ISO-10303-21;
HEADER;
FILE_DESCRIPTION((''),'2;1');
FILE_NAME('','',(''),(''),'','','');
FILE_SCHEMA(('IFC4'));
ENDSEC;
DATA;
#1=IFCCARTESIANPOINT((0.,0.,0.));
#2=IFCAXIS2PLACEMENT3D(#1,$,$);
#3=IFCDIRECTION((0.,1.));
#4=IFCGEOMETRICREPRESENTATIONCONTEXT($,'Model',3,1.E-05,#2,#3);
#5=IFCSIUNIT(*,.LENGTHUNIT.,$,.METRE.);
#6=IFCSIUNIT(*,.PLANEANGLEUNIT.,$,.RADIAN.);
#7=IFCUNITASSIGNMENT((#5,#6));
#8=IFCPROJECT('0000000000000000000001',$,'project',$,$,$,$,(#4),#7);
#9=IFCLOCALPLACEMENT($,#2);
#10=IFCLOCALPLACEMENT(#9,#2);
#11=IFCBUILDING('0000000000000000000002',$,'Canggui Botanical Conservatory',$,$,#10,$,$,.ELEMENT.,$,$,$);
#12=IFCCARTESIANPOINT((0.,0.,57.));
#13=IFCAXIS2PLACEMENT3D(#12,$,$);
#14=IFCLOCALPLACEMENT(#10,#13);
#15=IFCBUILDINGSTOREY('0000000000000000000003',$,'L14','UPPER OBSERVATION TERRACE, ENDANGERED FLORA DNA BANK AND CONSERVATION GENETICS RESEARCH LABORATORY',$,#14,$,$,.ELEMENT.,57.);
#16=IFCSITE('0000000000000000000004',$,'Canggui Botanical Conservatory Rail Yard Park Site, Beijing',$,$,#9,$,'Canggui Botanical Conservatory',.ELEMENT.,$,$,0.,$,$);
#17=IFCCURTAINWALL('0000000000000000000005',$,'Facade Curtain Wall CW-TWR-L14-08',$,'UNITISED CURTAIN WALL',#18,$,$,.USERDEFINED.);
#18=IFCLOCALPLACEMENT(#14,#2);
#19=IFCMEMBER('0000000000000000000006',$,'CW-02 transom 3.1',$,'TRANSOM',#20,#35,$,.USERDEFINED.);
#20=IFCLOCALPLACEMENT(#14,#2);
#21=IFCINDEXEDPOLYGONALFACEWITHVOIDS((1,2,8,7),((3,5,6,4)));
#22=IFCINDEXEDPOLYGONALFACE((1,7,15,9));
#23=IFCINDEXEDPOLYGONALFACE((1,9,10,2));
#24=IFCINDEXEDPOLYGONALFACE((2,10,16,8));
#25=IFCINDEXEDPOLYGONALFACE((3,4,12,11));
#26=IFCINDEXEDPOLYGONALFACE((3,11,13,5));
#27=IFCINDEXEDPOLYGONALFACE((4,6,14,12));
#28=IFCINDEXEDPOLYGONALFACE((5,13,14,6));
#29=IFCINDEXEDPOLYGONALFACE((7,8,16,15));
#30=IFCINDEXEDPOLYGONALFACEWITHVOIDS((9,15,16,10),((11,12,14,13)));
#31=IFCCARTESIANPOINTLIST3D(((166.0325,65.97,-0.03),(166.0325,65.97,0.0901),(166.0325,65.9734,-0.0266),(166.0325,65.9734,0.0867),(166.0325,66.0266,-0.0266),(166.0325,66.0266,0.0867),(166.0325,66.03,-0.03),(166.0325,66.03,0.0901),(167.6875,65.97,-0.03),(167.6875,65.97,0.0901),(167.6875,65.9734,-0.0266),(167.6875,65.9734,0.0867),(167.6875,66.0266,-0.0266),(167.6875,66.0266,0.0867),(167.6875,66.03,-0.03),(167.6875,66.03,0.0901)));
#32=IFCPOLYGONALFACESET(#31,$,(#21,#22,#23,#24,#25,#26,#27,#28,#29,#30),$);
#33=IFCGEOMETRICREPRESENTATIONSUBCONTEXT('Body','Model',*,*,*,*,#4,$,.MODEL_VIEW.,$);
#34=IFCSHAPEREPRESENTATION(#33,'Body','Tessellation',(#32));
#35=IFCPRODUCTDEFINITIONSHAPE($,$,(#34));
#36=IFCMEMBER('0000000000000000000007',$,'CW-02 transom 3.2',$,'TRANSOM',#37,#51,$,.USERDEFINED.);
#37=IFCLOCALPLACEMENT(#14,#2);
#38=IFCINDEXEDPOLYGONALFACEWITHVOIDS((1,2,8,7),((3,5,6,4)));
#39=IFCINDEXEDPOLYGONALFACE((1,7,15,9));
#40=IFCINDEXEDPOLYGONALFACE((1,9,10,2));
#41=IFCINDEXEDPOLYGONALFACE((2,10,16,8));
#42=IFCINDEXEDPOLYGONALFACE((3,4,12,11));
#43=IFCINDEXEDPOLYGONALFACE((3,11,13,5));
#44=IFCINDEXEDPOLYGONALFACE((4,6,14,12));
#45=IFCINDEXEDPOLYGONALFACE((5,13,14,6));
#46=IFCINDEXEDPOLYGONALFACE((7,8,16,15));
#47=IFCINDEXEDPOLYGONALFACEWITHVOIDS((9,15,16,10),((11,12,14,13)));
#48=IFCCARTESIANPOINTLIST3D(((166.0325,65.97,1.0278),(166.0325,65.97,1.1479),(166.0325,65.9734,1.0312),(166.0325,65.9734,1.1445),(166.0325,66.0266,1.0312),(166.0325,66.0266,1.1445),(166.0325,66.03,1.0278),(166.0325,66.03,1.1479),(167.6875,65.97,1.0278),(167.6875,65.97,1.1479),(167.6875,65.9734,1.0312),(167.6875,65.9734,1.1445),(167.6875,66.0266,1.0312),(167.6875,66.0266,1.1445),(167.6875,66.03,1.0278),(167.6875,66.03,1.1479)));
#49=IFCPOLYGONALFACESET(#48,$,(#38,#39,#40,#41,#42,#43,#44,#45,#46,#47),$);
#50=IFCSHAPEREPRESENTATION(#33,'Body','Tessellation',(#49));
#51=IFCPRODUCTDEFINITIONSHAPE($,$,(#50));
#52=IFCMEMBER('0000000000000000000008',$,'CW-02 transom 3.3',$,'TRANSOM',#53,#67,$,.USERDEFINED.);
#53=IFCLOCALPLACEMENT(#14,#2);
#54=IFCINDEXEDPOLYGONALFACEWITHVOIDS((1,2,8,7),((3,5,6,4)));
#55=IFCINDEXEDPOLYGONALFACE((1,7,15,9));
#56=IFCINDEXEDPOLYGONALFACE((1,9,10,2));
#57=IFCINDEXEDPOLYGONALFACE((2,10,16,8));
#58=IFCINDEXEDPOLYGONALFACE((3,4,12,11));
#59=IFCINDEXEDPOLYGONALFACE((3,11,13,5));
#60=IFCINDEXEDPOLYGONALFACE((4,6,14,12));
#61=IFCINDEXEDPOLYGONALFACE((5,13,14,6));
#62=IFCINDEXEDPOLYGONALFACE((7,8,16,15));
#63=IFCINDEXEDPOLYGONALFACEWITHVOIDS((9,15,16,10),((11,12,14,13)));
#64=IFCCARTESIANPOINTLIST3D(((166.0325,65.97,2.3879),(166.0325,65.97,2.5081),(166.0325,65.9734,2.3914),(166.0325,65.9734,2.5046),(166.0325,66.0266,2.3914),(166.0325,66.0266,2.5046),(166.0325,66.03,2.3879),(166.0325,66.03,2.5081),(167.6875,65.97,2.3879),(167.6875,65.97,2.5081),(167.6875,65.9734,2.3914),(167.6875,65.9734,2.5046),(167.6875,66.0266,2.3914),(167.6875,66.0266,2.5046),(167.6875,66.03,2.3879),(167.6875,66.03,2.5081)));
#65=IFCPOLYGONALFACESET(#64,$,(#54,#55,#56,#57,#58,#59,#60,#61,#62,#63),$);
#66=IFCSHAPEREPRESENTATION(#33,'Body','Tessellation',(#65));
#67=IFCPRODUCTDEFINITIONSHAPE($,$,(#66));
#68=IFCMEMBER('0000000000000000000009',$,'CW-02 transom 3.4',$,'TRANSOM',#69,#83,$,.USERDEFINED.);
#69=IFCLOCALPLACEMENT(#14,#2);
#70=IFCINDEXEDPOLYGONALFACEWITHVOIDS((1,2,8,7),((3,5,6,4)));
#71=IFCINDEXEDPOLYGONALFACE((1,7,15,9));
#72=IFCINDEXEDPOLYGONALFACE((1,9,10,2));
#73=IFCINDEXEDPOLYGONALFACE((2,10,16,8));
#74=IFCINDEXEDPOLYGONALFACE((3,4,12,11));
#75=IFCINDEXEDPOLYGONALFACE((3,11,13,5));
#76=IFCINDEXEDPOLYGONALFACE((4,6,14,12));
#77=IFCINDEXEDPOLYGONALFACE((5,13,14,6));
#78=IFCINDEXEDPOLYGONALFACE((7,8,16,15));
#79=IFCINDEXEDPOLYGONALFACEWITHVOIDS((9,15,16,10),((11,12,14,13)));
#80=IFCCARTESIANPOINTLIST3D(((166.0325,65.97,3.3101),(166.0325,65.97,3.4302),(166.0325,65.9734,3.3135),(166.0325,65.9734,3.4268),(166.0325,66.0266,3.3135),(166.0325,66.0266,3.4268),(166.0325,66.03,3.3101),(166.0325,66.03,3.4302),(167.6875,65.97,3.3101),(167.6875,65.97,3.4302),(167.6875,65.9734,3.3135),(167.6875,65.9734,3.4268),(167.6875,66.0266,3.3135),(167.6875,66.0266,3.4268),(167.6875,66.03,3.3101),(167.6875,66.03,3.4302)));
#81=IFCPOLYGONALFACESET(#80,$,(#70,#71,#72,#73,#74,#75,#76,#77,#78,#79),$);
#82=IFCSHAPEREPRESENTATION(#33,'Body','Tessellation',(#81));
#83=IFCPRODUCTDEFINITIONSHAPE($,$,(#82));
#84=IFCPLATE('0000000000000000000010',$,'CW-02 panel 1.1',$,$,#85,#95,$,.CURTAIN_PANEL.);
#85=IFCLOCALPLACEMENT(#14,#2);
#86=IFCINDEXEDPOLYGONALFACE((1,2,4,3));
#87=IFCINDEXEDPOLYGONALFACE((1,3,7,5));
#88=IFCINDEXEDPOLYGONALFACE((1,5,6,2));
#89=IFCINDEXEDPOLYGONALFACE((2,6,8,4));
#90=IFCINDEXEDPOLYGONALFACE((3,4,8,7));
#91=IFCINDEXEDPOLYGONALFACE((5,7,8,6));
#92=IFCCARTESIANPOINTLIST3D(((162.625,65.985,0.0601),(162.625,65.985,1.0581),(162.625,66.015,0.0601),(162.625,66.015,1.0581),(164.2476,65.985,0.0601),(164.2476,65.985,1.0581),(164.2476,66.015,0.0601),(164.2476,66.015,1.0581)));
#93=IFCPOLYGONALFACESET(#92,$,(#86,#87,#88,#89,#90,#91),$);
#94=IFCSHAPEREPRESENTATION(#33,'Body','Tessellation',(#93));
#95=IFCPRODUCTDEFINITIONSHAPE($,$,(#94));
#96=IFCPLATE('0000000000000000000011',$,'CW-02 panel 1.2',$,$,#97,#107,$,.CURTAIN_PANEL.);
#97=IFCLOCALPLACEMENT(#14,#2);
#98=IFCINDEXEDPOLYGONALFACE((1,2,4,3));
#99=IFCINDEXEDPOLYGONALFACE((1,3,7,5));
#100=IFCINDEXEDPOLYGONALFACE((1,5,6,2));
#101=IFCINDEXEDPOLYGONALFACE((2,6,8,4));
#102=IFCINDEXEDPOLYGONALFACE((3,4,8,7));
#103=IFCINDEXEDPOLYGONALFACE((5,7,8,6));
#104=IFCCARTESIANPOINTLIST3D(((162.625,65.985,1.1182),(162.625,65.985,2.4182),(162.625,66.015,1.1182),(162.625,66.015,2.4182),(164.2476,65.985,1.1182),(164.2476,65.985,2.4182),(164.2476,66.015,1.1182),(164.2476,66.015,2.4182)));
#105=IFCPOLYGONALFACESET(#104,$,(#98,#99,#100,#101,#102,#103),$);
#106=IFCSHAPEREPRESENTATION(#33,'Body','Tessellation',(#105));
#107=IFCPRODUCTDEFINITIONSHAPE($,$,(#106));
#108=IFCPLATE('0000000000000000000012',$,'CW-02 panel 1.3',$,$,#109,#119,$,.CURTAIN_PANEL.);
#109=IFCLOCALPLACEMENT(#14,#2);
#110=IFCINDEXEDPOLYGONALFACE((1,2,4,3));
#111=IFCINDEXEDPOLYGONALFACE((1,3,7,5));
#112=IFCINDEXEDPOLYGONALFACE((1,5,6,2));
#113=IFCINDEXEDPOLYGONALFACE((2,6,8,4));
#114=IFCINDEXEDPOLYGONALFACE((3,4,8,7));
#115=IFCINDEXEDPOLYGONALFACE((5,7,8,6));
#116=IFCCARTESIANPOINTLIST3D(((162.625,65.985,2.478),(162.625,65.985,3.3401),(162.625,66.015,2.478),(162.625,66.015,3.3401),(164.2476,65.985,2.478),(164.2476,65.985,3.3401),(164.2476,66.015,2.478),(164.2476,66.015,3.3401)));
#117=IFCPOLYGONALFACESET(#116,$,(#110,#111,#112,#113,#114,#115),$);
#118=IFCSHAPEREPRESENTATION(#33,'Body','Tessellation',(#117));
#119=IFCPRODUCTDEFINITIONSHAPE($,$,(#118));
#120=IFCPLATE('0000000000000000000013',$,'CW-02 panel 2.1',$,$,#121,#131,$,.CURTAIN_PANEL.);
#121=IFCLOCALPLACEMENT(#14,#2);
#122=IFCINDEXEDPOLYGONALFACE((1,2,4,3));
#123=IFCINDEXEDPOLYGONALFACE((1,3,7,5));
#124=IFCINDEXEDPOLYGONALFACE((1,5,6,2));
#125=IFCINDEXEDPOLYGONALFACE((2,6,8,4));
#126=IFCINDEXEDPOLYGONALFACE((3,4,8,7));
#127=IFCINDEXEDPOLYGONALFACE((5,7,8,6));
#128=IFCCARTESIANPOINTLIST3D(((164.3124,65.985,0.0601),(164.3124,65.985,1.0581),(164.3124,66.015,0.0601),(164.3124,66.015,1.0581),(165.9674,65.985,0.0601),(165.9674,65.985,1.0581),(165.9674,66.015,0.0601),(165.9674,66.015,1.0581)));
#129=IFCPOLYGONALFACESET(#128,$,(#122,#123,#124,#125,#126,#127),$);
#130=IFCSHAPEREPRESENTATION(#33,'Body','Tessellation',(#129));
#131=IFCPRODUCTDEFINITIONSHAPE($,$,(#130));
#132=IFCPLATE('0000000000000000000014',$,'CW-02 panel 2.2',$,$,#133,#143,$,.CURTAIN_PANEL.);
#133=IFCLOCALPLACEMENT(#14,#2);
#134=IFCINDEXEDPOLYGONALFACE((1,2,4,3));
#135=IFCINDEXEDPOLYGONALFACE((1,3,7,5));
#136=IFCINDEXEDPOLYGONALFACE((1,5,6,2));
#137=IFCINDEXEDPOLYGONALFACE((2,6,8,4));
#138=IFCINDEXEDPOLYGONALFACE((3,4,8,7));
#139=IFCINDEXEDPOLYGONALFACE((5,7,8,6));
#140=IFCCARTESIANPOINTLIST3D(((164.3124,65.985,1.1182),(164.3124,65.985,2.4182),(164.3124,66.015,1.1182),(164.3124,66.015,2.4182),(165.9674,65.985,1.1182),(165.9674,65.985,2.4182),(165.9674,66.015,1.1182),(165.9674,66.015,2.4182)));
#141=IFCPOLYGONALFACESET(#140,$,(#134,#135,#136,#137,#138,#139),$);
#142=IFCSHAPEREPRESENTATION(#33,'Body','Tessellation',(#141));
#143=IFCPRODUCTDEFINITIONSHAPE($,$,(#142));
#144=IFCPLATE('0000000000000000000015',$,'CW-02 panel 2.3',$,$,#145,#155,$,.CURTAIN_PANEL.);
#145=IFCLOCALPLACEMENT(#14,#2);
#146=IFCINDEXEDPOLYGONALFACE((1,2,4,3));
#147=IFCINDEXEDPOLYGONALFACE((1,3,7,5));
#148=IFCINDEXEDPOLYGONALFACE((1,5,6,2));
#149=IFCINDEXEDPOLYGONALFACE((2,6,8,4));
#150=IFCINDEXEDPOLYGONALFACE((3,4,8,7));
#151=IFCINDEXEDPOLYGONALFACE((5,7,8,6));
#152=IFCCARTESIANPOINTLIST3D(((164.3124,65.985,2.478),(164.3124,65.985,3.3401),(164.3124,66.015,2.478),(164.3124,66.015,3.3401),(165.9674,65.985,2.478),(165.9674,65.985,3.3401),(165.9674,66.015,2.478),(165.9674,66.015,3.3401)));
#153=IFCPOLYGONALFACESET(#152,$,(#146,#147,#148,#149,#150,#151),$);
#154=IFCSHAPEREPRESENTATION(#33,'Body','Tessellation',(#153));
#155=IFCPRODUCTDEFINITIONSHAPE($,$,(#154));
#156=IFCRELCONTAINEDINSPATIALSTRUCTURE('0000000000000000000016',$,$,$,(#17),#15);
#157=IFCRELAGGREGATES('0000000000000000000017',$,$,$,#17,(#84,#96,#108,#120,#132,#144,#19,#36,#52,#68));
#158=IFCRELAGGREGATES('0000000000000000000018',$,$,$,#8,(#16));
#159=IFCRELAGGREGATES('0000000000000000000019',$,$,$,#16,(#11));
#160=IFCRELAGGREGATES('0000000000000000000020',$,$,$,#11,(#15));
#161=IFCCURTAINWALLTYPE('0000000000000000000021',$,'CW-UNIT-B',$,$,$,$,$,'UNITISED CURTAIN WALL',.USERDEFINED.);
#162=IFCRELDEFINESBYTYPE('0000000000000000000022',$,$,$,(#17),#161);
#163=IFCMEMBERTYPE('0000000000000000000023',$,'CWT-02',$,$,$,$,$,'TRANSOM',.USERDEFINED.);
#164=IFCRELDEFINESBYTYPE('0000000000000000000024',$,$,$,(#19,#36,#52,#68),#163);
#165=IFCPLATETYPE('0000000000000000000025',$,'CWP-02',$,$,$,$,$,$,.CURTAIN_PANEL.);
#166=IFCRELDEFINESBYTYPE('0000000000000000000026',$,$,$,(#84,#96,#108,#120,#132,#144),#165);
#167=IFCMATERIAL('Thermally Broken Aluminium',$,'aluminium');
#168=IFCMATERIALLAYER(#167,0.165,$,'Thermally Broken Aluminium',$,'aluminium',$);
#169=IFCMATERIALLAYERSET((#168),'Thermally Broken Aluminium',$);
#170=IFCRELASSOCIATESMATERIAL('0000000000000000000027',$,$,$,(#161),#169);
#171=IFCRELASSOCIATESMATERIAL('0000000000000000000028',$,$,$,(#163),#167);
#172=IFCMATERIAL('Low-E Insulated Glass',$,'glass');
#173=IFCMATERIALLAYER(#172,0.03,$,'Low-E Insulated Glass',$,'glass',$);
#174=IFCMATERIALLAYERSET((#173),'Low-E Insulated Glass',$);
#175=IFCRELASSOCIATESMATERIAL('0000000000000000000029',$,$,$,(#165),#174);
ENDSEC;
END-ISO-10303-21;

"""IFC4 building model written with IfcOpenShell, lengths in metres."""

from ifc_helpers import new_model, si_unit, direction, frame, origin, origin_2d, place, context, subcontext, project, spatial, rectangle, hollow_rectangle, extrude, material, layer, layer_set, material_profile, profile_set, type_object, element, aggregate, save


model = new_model("IFC4")

# Units and contexts
model_context = context("Model", 3, precision=1e-05, world=origin(), true_north=direction((0.0, 1.0)))
body_context = subcontext(model_context, "Body", "Model", "MODEL_VIEW")
ifc_project = project(units=[si_unit("LENGTHUNIT", "METRE"), si_unit("PLANEANGLEUNIT", "RADIAN")], contexts=[model_context])

# Site, building, storey
site_placement = place(None, origin())
site = spatial("IfcSite", under=ifc_project, at=site_placement, Name="Canggui Botanical Conservatory Rail Yard Park Site, Beijing", LongName="Canggui Botanical Conservatory", CompositionType="ELEMENT", RefElevation=0.0)
building_placement = place(site_placement, origin())
building = spatial("IfcBuilding", under=site, at=building_placement, Name="Canggui Botanical Conservatory", CompositionType="ELEMENT")
storey_placement = place(building_placement, frame((0.0, 0.0, 57.0)))
storey = spatial("IfcBuildingStorey", under=building, at=storey_placement, Name="L14", Description="UPPER OBSERVATION TERRACE, ENDANGERED FLORA DNA BANK AND CONSERVATION GENETICS RESEARCH LABORATORY", CompositionType="ELEMENT", Elevation=57.0)

# Curtain wall, members, plates
ifc_material_1 = material(Name="Thermally Broken Aluminium", Category="aluminium")
ifc_layer_1 = layer(ifc_material_1, 0.165, Name="Thermally Broken Aluminium", Category="aluminium")
ifc_layer_set_1 = layer_set([ifc_layer_1], Name="Thermally Broken Aluminium")
curtain_wall_type = type_object("IfcCurtainWallType", Name="CW-UNIT-B", ElementType="UNITISED CURTAIN WALL", PredefinedType="USERDEFINED", material=ifc_layer_set_1)
curtain_wall_placement = place(storey_placement, origin())
curtain_wall = element("IfcCurtainWall", 1, at=curtain_wall_placement, inside=storey, type_object=curtain_wall_type, Name="Facade Curtain Wall CW-TWR-L14-08", ObjectType="UNITISED CURTAIN WALL", PredefinedType="USERDEFINED")
ifc_material_profile_1 = material_profile(ifc_material_1, hollow_rectangle(XDim=0.0601, YDim=0.1201, WallThickness=0.0034, at=origin_2d()), Name="CWT 60x120x3.5")
ifc_profile_set_1 = profile_set([ifc_material_profile_1], Name="Thermally Broken Aluminium")
member_type_1 = type_object("IfcMemberType", Name="CWT-02", ElementType="TRANSOM", PredefinedType="USERDEFINED", material=ifc_profile_set_1)
member_1_placement = place(storey_placement, frame((166.0325, 66.0, 0.03), z_axis=(1.0, 0.0, 0.0), x_axis=(0.0, 1.0, 0.0)))
member_1 = element("IfcMember", 2, at=member_1_placement, type_object=member_type_1, Name="CW-02 transom 3.1", ObjectType="TRANSOM", PredefinedType="USERDEFINED", context=body_context, shape_type="SweptSolid", body=[
    extrude(hollow_rectangle(XDim=0.0601, YDim=0.1201, WallThickness=0.0034, at=origin_2d()), origin(), (0.0, 0.0, 1.0), 1.655),
])
member_2_placement = place(storey_placement, frame((166.0325, 66.0, 1.0879), z_axis=(1.0, 0.0, 0.0), x_axis=(0.0, 1.0, 0.0)))
member_2 = element("IfcMember", 3, at=member_2_placement, type_object=member_type_1, Name="CW-02 transom 3.2", ObjectType="TRANSOM", PredefinedType="USERDEFINED", context=body_context, shape_type="SweptSolid", body=[
    extrude(hollow_rectangle(XDim=0.0601, YDim=0.1201, WallThickness=0.0034, at=origin_2d()), origin(), (0.0, 0.0, 1.0), 1.655),
])
member_3_placement = place(storey_placement, frame((166.0325, 66.0, 2.448), z_axis=(1.0, 0.0, 0.0), x_axis=(0.0, 1.0, 0.0)))
member_3 = element("IfcMember", 4, at=member_3_placement, type_object=member_type_1, Name="CW-02 transom 3.3", ObjectType="TRANSOM", PredefinedType="USERDEFINED", context=body_context, shape_type="SweptSolid", body=[
    extrude(hollow_rectangle(XDim=0.0601, YDim=0.1201, WallThickness=0.0034, at=origin_2d()), origin(), (0.0, 0.0, 1.0), 1.655),
])
member_4_placement = place(storey_placement, frame((166.0325, 66.0, 3.3701), z_axis=(1.0, 0.0, 0.0), x_axis=(0.0, 1.0, 0.0)))
member_4 = element("IfcMember", 5, at=member_4_placement, type_object=member_type_1, Name="CW-02 transom 3.4", ObjectType="TRANSOM", PredefinedType="USERDEFINED", context=body_context, shape_type="SweptSolid", body=[
    extrude(hollow_rectangle(XDim=0.0601, YDim=0.1201, WallThickness=0.0034, at=origin_2d()), origin(), (0.0, 0.0, 1.0), 1.655),
])
ifc_material_2 = material(Name="Low-E Insulated Glass", Category="glass")
ifc_layer_2 = layer(ifc_material_2, 0.03, Name="Low-E Insulated Glass", Category="glass")
ifc_layer_set_2 = layer_set([ifc_layer_2], Name="Low-E Insulated Glass")
plate_type = type_object("IfcPlateType", Name="CWP-02", PredefinedType="CURTAIN_PANEL", material=ifc_layer_set_2)
plate_1_placement = place(storey_placement, frame((163.4363, 66.0, 0.0601), z_axis=(0.0, 0.0, 1.0), x_axis=(1.0, 0.0, 0.0)))
plate_1 = element("IfcPlate", 6, at=plate_1_placement, type_object=plate_type, Name="CW-02 panel 1.1", PredefinedType="CURTAIN_PANEL", context=body_context, shape_type="SweptSolid", body=[
    extrude(rectangle(XDim=1.6226, YDim=0.03, at=origin_2d()), origin(), (0.0, 0.0, 1.0), 0.998),
])
plate_2_placement = place(storey_placement, frame((163.4363, 66.0, 1.1182), z_axis=(0.0, 0.0, 1.0), x_axis=(1.0, 0.0, 0.0)))
plate_2 = element("IfcPlate", 7, at=plate_2_placement, type_object=plate_type, Name="CW-02 panel 1.2", PredefinedType="CURTAIN_PANEL", context=body_context, shape_type="SweptSolid", body=[
    extrude(rectangle(XDim=1.6226, YDim=0.03, at=origin_2d()), origin(), (0.0, 0.0, 1.0), 1.3),
])
plate_3_placement = place(storey_placement, frame((163.4363, 66.0, 2.478), z_axis=(0.0, 0.0, 1.0), x_axis=(1.0, 0.0, 0.0)))
plate_3 = element("IfcPlate", 8, at=plate_3_placement, type_object=plate_type, Name="CW-02 panel 1.3", PredefinedType="CURTAIN_PANEL", context=body_context, shape_type="SweptSolid", body=[
    extrude(rectangle(XDim=1.6226, YDim=0.03, at=origin_2d()), origin(), (0.0, 0.0, 1.0), 0.8621),
])
plate_4_placement = place(storey_placement, frame((165.1399, 66.0, 0.0601), z_axis=(0.0, 0.0, 1.0), x_axis=(1.0, 0.0, 0.0)))
plate_4 = element("IfcPlate", 9, at=plate_4_placement, type_object=plate_type, Name="CW-02 panel 2.1", PredefinedType="CURTAIN_PANEL", context=body_context, shape_type="SweptSolid", body=[
    extrude(rectangle(XDim=1.655, YDim=0.03, at=origin_2d()), origin(), (0.0, 0.0, 1.0), 0.998),
])
plate_5_placement = place(storey_placement, frame((165.1399, 66.0, 1.1182), z_axis=(0.0, 0.0, 1.0), x_axis=(1.0, 0.0, 0.0)))
plate_5 = element("IfcPlate", 10, at=plate_5_placement, type_object=plate_type, Name="CW-02 panel 2.2", PredefinedType="CURTAIN_PANEL", context=body_context, shape_type="SweptSolid", body=[
    extrude(rectangle(XDim=1.655, YDim=0.03, at=origin_2d()), origin(), (0.0, 0.0, 1.0), 1.3),
])
plate_6_placement = place(storey_placement, frame((165.1399, 66.0, 2.478), z_axis=(0.0, 0.0, 1.0), x_axis=(1.0, 0.0, 0.0)))
plate_6 = element("IfcPlate", 11, at=plate_6_placement, type_object=plate_type, Name="CW-02 panel 2.3", PredefinedType="CURTAIN_PANEL", context=body_context, shape_type="SweptSolid", body=[
    extrude(rectangle(XDim=1.655, YDim=0.03, at=origin_2d()), origin(), (0.0, 0.0, 1.0), 0.8621),
])
aggregate(curtain_wall, [plate_1, plate_2, plate_3, plate_4, plate_5, plate_6, member_1, member_2, member_3, member_4])

save(model, "model.ifc")
